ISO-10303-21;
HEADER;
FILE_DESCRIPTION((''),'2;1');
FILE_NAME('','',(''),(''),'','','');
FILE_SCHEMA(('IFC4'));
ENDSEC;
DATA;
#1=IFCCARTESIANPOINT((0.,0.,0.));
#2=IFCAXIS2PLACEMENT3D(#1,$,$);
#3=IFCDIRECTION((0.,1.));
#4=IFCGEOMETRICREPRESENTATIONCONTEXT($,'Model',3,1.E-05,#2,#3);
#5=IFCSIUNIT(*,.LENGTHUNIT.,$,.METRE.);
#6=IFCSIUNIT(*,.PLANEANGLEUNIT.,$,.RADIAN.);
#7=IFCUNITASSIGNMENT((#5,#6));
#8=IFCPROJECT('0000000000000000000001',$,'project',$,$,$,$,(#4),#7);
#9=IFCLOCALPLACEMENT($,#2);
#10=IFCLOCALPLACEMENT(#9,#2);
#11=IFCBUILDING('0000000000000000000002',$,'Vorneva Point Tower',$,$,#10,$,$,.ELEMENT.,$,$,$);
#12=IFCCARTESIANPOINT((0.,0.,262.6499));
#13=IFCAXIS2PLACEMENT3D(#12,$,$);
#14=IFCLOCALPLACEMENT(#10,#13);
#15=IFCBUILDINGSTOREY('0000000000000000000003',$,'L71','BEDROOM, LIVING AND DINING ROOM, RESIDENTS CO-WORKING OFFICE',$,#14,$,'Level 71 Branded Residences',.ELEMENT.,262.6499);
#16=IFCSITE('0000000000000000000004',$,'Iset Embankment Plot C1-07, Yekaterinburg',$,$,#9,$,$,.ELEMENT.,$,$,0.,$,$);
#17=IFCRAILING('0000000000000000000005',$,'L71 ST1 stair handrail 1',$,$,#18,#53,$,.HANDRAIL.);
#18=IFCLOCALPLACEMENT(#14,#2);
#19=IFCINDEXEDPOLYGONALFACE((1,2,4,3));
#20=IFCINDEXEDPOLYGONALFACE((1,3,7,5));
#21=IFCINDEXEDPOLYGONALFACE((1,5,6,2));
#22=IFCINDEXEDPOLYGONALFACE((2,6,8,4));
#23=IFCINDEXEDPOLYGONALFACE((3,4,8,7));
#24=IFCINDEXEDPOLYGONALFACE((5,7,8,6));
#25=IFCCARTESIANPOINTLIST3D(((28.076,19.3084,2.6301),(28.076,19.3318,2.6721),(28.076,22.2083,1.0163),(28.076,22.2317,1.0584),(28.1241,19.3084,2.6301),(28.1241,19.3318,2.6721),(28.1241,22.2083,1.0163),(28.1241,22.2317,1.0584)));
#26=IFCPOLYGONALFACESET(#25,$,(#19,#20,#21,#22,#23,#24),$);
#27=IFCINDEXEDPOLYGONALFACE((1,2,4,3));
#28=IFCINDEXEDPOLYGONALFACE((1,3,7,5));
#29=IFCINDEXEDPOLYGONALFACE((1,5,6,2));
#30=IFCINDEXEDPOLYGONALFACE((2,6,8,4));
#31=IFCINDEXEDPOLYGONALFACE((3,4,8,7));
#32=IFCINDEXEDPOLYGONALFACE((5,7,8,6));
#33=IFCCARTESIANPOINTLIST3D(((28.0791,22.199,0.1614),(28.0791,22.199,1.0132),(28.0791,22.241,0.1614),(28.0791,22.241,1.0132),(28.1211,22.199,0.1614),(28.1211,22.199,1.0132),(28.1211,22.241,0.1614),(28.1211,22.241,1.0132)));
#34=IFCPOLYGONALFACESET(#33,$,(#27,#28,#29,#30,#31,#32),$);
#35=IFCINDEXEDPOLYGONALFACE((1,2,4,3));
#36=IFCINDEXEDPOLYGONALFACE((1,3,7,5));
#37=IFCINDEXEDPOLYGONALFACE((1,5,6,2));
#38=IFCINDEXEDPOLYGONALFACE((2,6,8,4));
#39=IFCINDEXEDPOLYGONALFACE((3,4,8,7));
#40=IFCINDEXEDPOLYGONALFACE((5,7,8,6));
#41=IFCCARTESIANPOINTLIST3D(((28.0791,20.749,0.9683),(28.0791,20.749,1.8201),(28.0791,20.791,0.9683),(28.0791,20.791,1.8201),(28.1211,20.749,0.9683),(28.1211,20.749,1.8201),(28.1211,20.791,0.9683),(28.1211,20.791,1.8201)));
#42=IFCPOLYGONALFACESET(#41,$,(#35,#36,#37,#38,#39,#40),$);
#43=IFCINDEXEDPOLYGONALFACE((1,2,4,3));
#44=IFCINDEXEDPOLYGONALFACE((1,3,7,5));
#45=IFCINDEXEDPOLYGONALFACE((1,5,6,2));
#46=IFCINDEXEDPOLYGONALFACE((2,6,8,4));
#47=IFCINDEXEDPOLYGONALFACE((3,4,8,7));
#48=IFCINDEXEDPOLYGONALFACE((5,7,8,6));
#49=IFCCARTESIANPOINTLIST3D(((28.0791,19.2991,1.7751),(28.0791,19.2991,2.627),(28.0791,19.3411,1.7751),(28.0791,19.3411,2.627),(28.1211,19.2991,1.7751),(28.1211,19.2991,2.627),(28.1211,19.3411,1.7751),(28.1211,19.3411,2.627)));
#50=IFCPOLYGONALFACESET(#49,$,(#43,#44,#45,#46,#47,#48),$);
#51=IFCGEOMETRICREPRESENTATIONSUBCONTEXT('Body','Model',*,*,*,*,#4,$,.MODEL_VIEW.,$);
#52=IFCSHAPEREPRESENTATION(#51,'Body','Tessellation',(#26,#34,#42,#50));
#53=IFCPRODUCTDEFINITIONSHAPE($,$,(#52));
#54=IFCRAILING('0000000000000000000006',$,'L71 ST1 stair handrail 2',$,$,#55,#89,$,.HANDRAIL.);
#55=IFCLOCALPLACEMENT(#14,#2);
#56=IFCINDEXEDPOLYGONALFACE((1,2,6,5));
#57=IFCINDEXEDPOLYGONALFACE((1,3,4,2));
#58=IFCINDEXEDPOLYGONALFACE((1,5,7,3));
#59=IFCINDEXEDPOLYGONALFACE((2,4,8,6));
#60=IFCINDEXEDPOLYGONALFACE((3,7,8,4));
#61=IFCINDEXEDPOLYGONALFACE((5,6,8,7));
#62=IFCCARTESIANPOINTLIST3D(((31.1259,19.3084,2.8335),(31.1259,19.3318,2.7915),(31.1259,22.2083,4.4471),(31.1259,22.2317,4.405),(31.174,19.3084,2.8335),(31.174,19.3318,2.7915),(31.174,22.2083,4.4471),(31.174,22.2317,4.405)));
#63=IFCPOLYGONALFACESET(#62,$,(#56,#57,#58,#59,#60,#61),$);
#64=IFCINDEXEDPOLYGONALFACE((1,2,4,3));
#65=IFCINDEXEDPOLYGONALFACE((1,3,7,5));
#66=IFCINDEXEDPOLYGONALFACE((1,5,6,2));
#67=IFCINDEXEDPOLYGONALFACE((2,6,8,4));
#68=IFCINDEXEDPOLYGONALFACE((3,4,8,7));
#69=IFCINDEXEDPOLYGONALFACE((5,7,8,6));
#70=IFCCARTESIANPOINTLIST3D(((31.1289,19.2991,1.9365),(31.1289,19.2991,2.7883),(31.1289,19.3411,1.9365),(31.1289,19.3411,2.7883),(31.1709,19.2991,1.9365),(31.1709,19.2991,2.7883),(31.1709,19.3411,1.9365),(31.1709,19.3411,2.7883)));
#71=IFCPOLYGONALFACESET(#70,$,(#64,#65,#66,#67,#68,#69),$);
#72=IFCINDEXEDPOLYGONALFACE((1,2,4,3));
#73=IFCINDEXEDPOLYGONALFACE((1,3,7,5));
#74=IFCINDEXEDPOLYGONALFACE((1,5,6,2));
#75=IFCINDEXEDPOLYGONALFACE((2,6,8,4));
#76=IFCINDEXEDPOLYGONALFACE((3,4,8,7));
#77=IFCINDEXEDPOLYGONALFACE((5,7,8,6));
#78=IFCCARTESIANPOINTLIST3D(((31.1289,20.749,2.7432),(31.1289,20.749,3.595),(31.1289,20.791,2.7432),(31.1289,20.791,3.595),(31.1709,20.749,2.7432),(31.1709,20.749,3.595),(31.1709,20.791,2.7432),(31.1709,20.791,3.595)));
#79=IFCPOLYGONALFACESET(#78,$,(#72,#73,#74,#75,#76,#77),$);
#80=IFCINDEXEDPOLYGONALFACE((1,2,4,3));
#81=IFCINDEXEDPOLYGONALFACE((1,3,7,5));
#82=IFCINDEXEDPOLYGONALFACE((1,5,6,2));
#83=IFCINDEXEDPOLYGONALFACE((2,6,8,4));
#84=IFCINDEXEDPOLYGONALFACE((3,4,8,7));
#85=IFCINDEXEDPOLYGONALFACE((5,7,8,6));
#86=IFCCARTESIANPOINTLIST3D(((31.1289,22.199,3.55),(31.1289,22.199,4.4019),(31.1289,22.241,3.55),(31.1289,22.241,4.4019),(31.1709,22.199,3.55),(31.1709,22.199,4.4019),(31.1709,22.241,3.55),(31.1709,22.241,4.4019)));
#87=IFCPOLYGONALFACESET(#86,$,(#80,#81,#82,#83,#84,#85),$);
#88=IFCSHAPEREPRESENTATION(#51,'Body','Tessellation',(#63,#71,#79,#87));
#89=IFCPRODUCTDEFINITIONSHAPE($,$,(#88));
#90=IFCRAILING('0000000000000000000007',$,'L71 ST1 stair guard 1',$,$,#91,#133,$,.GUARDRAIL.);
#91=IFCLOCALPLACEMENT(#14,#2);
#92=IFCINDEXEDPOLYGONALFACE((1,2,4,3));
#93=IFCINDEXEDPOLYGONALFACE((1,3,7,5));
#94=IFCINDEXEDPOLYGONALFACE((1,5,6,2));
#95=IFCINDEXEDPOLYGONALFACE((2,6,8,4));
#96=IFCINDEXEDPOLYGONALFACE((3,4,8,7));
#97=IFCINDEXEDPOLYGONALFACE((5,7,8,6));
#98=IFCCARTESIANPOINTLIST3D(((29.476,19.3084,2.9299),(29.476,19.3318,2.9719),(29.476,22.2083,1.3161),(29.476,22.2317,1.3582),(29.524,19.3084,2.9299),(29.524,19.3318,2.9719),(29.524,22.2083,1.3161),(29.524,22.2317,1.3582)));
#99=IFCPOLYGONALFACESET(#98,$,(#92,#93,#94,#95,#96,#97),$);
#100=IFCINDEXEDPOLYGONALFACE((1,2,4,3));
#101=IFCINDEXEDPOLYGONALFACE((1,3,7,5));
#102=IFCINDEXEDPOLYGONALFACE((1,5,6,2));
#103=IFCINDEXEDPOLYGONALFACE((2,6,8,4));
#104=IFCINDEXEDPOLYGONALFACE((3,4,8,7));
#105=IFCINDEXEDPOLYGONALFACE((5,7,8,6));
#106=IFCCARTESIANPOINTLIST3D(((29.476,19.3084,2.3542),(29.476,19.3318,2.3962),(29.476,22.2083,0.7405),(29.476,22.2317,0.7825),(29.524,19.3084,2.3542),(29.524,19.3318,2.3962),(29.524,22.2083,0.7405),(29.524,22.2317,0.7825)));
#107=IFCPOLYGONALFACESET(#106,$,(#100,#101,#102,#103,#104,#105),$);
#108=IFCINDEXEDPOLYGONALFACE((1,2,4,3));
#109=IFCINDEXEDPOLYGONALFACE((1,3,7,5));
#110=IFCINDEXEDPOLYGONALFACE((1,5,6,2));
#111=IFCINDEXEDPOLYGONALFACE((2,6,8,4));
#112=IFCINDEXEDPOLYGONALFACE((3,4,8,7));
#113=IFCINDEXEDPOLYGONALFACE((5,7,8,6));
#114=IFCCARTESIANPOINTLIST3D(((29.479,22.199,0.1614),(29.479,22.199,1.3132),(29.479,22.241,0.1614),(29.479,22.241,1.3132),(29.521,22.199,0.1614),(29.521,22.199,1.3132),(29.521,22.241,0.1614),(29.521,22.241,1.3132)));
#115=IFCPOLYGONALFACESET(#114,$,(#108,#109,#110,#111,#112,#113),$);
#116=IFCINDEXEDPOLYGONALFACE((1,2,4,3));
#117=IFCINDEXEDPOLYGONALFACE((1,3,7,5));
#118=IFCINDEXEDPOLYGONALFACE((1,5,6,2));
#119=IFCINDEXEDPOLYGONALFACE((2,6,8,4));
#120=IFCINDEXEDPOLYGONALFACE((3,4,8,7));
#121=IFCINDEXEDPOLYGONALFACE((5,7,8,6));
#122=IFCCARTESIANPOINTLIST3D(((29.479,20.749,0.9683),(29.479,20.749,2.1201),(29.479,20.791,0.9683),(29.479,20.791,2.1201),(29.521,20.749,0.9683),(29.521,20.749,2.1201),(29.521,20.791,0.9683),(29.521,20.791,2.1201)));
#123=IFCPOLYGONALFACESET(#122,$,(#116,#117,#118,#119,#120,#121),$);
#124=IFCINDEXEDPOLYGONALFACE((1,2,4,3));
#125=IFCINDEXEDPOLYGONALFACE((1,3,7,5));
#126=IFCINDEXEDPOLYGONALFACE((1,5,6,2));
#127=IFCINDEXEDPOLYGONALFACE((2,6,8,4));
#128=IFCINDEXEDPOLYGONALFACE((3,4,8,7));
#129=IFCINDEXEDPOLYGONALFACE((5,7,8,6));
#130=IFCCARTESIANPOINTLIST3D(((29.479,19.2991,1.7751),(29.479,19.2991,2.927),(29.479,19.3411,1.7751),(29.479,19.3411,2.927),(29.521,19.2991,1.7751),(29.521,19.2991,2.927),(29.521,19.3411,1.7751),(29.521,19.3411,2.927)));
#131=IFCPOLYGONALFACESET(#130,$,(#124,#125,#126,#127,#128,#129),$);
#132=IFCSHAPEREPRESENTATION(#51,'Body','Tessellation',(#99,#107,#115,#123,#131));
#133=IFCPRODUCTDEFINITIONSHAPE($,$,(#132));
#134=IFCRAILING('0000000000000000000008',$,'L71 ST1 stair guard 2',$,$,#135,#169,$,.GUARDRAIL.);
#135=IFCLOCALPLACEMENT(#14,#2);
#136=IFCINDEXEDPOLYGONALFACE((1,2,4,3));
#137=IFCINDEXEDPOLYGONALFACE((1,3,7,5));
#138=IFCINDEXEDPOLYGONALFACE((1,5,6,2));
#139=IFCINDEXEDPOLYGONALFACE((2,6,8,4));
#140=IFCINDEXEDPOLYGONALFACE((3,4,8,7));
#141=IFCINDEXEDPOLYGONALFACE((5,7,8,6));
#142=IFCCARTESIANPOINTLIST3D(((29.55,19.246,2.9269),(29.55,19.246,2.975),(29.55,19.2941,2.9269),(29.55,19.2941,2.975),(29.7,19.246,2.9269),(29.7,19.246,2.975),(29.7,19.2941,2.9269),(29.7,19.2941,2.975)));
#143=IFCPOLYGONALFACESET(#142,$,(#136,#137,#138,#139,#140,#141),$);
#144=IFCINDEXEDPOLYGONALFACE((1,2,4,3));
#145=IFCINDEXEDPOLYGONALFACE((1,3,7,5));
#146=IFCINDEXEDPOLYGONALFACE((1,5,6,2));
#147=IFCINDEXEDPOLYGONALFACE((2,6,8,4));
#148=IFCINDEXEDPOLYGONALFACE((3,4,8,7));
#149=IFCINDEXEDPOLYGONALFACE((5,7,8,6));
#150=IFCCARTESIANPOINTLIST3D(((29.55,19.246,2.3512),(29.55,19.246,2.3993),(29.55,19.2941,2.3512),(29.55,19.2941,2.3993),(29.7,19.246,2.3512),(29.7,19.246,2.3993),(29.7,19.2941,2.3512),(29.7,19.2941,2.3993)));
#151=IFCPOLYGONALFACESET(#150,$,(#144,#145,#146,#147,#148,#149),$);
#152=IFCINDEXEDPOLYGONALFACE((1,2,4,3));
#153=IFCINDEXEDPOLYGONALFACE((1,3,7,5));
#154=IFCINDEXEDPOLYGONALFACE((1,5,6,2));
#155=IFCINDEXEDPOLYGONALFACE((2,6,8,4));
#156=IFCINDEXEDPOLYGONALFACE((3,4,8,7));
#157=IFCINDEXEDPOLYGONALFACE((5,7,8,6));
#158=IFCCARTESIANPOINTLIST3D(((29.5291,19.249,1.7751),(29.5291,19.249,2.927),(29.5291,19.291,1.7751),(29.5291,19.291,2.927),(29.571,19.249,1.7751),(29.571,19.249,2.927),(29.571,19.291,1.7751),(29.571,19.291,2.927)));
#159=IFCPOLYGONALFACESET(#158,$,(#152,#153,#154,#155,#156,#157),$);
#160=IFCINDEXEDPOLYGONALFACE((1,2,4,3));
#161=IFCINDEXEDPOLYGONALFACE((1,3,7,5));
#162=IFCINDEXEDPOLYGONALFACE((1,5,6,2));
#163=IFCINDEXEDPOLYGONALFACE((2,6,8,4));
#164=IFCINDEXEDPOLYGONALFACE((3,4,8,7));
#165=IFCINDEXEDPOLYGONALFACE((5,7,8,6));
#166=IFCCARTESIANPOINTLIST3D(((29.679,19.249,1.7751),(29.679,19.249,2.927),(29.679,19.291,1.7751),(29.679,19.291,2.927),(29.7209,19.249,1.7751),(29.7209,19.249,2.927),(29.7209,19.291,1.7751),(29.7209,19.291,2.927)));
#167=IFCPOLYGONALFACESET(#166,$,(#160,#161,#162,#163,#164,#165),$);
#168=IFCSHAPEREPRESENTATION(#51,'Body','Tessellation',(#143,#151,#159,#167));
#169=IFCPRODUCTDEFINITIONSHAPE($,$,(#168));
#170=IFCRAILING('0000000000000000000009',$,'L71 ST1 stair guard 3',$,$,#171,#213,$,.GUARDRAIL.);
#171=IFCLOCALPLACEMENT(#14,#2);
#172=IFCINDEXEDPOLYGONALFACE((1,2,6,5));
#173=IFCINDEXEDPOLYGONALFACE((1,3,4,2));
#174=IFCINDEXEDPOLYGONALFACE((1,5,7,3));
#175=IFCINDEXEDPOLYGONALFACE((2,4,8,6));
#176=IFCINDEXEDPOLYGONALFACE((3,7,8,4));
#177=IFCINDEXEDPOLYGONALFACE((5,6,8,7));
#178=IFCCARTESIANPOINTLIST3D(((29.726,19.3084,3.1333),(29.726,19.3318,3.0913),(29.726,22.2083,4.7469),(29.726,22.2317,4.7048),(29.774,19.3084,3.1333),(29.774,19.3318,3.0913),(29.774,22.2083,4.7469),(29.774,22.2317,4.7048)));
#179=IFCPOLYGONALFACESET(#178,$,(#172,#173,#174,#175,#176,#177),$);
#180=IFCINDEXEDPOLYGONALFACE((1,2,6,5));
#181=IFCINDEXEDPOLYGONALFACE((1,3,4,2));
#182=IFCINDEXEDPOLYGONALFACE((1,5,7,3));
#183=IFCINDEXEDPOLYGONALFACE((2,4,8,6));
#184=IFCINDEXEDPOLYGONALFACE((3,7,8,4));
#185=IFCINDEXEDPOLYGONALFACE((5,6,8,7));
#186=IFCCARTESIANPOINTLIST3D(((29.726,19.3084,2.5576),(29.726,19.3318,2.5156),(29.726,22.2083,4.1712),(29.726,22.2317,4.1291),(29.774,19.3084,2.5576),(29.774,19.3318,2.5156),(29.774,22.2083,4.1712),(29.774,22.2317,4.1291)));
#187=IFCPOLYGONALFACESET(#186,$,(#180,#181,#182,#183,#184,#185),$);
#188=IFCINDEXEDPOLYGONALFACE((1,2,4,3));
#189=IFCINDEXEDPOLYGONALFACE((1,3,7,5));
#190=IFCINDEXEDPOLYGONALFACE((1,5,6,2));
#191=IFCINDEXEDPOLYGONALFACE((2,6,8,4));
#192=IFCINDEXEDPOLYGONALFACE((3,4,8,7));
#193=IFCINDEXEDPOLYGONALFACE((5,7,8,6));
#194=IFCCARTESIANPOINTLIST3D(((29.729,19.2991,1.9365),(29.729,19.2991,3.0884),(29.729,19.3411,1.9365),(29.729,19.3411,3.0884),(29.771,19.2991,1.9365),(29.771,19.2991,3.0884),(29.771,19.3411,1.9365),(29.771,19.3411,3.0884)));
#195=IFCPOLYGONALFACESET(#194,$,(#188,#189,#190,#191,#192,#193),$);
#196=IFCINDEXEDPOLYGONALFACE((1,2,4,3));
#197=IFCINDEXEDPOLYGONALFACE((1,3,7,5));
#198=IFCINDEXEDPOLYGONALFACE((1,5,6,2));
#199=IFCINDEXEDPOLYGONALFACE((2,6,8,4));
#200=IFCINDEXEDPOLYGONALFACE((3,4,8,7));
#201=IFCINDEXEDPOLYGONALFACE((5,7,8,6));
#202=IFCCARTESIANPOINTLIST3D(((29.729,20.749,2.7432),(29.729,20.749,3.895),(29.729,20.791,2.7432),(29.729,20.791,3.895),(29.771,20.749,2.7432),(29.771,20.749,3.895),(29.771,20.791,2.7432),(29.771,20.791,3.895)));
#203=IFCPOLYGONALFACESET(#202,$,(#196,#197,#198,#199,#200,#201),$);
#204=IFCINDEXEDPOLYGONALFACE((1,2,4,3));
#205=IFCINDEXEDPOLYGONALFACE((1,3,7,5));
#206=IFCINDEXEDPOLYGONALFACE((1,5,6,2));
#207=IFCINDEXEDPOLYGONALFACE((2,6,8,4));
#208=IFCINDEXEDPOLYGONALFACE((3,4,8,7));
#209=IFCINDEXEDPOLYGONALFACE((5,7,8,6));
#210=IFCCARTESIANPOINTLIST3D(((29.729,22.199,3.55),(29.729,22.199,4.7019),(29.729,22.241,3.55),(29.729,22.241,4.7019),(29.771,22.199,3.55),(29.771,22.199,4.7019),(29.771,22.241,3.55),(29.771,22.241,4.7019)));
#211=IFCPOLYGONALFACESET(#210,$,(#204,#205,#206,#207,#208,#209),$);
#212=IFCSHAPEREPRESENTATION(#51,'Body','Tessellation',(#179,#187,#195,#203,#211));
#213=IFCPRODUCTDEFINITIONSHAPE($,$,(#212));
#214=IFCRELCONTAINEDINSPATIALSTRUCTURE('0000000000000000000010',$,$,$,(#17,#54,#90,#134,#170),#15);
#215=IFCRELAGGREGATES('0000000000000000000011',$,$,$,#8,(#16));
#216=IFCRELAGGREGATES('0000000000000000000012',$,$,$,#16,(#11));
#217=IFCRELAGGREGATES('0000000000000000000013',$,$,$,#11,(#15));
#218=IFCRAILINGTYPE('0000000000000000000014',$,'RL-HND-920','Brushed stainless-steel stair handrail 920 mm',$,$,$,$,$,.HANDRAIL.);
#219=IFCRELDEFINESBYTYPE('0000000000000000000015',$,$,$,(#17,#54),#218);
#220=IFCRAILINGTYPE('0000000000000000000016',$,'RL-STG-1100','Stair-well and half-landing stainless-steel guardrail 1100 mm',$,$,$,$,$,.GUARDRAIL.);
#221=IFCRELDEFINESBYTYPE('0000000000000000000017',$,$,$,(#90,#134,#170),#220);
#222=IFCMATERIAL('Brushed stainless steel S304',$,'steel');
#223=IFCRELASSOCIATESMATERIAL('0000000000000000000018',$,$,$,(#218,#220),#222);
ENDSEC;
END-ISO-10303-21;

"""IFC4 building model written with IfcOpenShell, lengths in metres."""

from ifc_helpers import new_model, si_unit, direction, frame, origin, origin_2d, place, context, subcontext, project, spatial, rectangle, extrude, material, type_object, element, save


model = new_model("IFC4")

# Units and contexts
model_context = context("Model", 3, precision=1e-05, world=origin(), true_north=direction((0.0, 1.0)))
body_context = subcontext(model_context, "Body", "Model", "MODEL_VIEW")
ifc_project = project(units=[si_unit("LENGTHUNIT", "METRE"), si_unit("PLANEANGLEUNIT", "RADIAN")], contexts=[model_context])

# Site, building, storey
site_placement = place(None, origin())
site = spatial("IfcSite", under=ifc_project, at=site_placement, Name="Iset Embankment Plot C1-07, Yekaterinburg", CompositionType="ELEMENT", RefElevation=0.0)
building_placement = place(site_placement, origin())
building = spatial("IfcBuilding", under=site, at=building_placement, Name="Vorneva Point Tower", CompositionType="ELEMENT")
storey_placement = place(building_placement, frame((0.0, 0.0, 262.6499)))
storey = spatial("IfcBuildingStorey", under=building, at=storey_placement, Name="L71", Description="BEDROOM, LIVING AND DINING ROOM, RESIDENTS CO-WORKING OFFICE", LongName="Level 71 Branded Residences", CompositionType="ELEMENT", Elevation=262.6499)

# Railings
ifc_material_1 = material(Name="Brushed stainless steel S304", Category="steel")
railing_type_1 = type_object("IfcRailingType", Name="RL-HND-920", Description="Brushed stainless-steel stair handrail 920 mm", PredefinedType="HANDRAIL", material=ifc_material_1)
railing_1_placement = place(storey_placement, frame((28.1001, 22.22, 0.1614)))
element("IfcRailing", 1, at=railing_1_placement, inside=storey, type_object=railing_type_1, Name="L71 ST1 stair handrail 1", PredefinedType="HANDRAIL", context=body_context, shape_type="SweptSolid", body=[
    extrude(rectangle(XDim=0.0481, YDim=0.0481, at=origin_2d()), frame((0.0, 0.0, 0.876), z_axis=(0.0, -0.87381, 0.486267), x_axis=(1.0, 0.0, 0.0)), (0.0, 0.0, 1.0), 3.3186),
    extrude(rectangle(XDim=0.042, YDim=0.042, at=origin_2d()), origin(), (0.0, 0.0, 1.0), 0.8518),
    extrude(rectangle(XDim=0.042, YDim=0.042, at=origin_2d()), frame((0.0, -1.45, 0.8069)), (0.0, 0.0, 1.0), 0.8518),
    extrude(rectangle(XDim=0.042, YDim=0.042, at=origin_2d()), frame((0.0, -2.8999, 1.6138)), (0.0, 0.0, 1.0), 0.8518),
])
railing_2_placement = place(storey_placement, frame((31.1499, 19.3201, 1.9365)))
element("IfcRailing", 2, at=railing_2_placement, inside=storey, type_object=railing_type_1, Name="L71 ST1 stair handrail 2", PredefinedType="HANDRAIL", context=body_context, shape_type="SweptSolid", body=[
    extrude(rectangle(XDim=0.0481, YDim=0.0481, at=origin_2d()), frame((0.0, 0.0, 0.876), z_axis=(0.0, 0.873841, 0.486211), x_axis=(-1.0, 0.0, 0.0)), (0.0, 0.0, 1.0), 3.3186),
    extrude(rectangle(XDim=0.042, YDim=0.042, at=origin_2d()), origin(), (0.0, 0.0, 1.0), 0.8518),
    extrude(rectangle(XDim=0.042, YDim=0.042, at=origin_2d()), frame((0.0, 1.45, 0.8066)), (0.0, 0.0, 1.0), 0.8518),
    extrude(rectangle(XDim=0.042, YDim=0.042, at=origin_2d()), frame((0.0, 2.8999, 1.6135)), (0.0, 0.0, 1.0), 0.8518),
])
railing_type_2 = type_object("IfcRailingType", Name="RL-STG-1100", Description="Stair-well and half-landing stainless-steel guardrail 1100 mm", PredefinedType="GUARDRAIL", material=ifc_material_1)
railing_3_placement = place(storey_placement, frame((29.5, 22.22, 0.1614)))
element("IfcRailing", 3, at=railing_3_placement, inside=storey, type_object=railing_type_2, Name="L71 ST1 stair guard 1", PredefinedType="GUARDRAIL", context=body_context, shape_type="SweptSolid", body=[
    extrude(rectangle(XDim=0.0481, YDim=0.0481, at=origin_2d()), frame((0.0, 0.0, 1.1758), z_axis=(0.0, -0.87381, 0.486267), x_axis=(1.0, 0.0, 0.0)), (0.0, 0.0, 1.0), 3.3186),
    extrude(rectangle(XDim=0.0481, YDim=0.0481, at=origin_2d()), frame((0.0, 0.0, 0.6001), z_axis=(0.0, -0.87381, 0.486267), x_axis=(1.0, 0.0, 0.0)), (0.0, 0.0, 1.0), 3.3186),
    extrude(rectangle(XDim=0.042, YDim=0.042, at=origin_2d()), origin(), (0.0, 0.0, 1.0), 1.1519),
    extrude(rectangle(XDim=0.042, YDim=0.042, at=origin_2d()), frame((0.0, -1.45, 0.8069)), (0.0, 0.0, 1.0), 1.1519),
    extrude(rectangle(XDim=0.042, YDim=0.042, at=origin_2d()), frame((0.0, -2.8999, 1.6138)), (0.0, 0.0, 1.0), 1.1519),
])
railing_4_placement = place(storey_placement, frame((29.55, 19.27, 1.7751)))
element("IfcRailing", 4, at=railing_4_placement, inside=storey, type_object=railing_type_2, Name="L71 ST1 stair guard 2", PredefinedType="GUARDRAIL", context=body_context, shape_type="SweptSolid", body=[
    extrude(rectangle(XDim=0.0481, YDim=0.0481, at=origin_2d()), frame((0.0, 0.0, 1.1758), z_axis=(1.0, 0.0, 0.0), x_axis=(0.0, 1.0, 0.0)), (0.0, 0.0, 1.0), 0.1499),
    extrude(rectangle(XDim=0.0481, YDim=0.0481, at=origin_2d()), frame((0.0, 0.0, 0.6001), z_axis=(1.0, 0.0, 0.0), x_axis=(0.0, 1.0, 0.0)), (0.0, 0.0, 1.0), 0.1499),
    extrude(rectangle(XDim=0.042, YDim=0.042, at=origin_2d()), origin(), (0.0, 0.0, 1.0), 1.1519),
    extrude(rectangle(XDim=0.042, YDim=0.042, at=origin_2d()), frame((0.1499, 0.0, 0.0)), (0.0, 0.0, 1.0), 1.1519),
])
railing_5_placement = place(storey_placement, frame((29.75, 19.3201, 1.9365)))
element("IfcRailing", 5, at=railing_5_placement, inside=storey, type_object=railing_type_2, Name="L71 ST1 stair guard 3", PredefinedType="GUARDRAIL", context=body_context, shape_type="SweptSolid", body=[
    extrude(rectangle(XDim=0.0481, YDim=0.0481, at=origin_2d()), frame((0.0, 0.0, 1.1758), z_axis=(0.0, 0.873841, 0.486211), x_axis=(-1.0, 0.0, 0.0)), (0.0, 0.0, 1.0), 3.3186),
    extrude(rectangle(XDim=0.0481, YDim=0.0481, at=origin_2d()), frame((0.0, 0.0, 0.6001), z_axis=(0.0, 0.873841, 0.486211), x_axis=(-1.0, 0.0, 0.0)), (0.0, 0.0, 1.0), 3.3186),
    extrude(rectangle(XDim=0.042, YDim=0.042, at=origin_2d()), origin(), (0.0, 0.0, 1.0), 1.1519),
    extrude(rectangle(XDim=0.042, YDim=0.042, at=origin_2d()), frame((0.0, 1.45, 0.8066)), (0.0, 0.0, 1.0), 1.1519),
    extrude(rectangle(XDim=0.042, YDim=0.042, at=origin_2d()), frame((0.0, 2.8999, 1.6135)), (0.0, 0.0, 1.0), 1.1519),
])

save(model, "model.ifc")
